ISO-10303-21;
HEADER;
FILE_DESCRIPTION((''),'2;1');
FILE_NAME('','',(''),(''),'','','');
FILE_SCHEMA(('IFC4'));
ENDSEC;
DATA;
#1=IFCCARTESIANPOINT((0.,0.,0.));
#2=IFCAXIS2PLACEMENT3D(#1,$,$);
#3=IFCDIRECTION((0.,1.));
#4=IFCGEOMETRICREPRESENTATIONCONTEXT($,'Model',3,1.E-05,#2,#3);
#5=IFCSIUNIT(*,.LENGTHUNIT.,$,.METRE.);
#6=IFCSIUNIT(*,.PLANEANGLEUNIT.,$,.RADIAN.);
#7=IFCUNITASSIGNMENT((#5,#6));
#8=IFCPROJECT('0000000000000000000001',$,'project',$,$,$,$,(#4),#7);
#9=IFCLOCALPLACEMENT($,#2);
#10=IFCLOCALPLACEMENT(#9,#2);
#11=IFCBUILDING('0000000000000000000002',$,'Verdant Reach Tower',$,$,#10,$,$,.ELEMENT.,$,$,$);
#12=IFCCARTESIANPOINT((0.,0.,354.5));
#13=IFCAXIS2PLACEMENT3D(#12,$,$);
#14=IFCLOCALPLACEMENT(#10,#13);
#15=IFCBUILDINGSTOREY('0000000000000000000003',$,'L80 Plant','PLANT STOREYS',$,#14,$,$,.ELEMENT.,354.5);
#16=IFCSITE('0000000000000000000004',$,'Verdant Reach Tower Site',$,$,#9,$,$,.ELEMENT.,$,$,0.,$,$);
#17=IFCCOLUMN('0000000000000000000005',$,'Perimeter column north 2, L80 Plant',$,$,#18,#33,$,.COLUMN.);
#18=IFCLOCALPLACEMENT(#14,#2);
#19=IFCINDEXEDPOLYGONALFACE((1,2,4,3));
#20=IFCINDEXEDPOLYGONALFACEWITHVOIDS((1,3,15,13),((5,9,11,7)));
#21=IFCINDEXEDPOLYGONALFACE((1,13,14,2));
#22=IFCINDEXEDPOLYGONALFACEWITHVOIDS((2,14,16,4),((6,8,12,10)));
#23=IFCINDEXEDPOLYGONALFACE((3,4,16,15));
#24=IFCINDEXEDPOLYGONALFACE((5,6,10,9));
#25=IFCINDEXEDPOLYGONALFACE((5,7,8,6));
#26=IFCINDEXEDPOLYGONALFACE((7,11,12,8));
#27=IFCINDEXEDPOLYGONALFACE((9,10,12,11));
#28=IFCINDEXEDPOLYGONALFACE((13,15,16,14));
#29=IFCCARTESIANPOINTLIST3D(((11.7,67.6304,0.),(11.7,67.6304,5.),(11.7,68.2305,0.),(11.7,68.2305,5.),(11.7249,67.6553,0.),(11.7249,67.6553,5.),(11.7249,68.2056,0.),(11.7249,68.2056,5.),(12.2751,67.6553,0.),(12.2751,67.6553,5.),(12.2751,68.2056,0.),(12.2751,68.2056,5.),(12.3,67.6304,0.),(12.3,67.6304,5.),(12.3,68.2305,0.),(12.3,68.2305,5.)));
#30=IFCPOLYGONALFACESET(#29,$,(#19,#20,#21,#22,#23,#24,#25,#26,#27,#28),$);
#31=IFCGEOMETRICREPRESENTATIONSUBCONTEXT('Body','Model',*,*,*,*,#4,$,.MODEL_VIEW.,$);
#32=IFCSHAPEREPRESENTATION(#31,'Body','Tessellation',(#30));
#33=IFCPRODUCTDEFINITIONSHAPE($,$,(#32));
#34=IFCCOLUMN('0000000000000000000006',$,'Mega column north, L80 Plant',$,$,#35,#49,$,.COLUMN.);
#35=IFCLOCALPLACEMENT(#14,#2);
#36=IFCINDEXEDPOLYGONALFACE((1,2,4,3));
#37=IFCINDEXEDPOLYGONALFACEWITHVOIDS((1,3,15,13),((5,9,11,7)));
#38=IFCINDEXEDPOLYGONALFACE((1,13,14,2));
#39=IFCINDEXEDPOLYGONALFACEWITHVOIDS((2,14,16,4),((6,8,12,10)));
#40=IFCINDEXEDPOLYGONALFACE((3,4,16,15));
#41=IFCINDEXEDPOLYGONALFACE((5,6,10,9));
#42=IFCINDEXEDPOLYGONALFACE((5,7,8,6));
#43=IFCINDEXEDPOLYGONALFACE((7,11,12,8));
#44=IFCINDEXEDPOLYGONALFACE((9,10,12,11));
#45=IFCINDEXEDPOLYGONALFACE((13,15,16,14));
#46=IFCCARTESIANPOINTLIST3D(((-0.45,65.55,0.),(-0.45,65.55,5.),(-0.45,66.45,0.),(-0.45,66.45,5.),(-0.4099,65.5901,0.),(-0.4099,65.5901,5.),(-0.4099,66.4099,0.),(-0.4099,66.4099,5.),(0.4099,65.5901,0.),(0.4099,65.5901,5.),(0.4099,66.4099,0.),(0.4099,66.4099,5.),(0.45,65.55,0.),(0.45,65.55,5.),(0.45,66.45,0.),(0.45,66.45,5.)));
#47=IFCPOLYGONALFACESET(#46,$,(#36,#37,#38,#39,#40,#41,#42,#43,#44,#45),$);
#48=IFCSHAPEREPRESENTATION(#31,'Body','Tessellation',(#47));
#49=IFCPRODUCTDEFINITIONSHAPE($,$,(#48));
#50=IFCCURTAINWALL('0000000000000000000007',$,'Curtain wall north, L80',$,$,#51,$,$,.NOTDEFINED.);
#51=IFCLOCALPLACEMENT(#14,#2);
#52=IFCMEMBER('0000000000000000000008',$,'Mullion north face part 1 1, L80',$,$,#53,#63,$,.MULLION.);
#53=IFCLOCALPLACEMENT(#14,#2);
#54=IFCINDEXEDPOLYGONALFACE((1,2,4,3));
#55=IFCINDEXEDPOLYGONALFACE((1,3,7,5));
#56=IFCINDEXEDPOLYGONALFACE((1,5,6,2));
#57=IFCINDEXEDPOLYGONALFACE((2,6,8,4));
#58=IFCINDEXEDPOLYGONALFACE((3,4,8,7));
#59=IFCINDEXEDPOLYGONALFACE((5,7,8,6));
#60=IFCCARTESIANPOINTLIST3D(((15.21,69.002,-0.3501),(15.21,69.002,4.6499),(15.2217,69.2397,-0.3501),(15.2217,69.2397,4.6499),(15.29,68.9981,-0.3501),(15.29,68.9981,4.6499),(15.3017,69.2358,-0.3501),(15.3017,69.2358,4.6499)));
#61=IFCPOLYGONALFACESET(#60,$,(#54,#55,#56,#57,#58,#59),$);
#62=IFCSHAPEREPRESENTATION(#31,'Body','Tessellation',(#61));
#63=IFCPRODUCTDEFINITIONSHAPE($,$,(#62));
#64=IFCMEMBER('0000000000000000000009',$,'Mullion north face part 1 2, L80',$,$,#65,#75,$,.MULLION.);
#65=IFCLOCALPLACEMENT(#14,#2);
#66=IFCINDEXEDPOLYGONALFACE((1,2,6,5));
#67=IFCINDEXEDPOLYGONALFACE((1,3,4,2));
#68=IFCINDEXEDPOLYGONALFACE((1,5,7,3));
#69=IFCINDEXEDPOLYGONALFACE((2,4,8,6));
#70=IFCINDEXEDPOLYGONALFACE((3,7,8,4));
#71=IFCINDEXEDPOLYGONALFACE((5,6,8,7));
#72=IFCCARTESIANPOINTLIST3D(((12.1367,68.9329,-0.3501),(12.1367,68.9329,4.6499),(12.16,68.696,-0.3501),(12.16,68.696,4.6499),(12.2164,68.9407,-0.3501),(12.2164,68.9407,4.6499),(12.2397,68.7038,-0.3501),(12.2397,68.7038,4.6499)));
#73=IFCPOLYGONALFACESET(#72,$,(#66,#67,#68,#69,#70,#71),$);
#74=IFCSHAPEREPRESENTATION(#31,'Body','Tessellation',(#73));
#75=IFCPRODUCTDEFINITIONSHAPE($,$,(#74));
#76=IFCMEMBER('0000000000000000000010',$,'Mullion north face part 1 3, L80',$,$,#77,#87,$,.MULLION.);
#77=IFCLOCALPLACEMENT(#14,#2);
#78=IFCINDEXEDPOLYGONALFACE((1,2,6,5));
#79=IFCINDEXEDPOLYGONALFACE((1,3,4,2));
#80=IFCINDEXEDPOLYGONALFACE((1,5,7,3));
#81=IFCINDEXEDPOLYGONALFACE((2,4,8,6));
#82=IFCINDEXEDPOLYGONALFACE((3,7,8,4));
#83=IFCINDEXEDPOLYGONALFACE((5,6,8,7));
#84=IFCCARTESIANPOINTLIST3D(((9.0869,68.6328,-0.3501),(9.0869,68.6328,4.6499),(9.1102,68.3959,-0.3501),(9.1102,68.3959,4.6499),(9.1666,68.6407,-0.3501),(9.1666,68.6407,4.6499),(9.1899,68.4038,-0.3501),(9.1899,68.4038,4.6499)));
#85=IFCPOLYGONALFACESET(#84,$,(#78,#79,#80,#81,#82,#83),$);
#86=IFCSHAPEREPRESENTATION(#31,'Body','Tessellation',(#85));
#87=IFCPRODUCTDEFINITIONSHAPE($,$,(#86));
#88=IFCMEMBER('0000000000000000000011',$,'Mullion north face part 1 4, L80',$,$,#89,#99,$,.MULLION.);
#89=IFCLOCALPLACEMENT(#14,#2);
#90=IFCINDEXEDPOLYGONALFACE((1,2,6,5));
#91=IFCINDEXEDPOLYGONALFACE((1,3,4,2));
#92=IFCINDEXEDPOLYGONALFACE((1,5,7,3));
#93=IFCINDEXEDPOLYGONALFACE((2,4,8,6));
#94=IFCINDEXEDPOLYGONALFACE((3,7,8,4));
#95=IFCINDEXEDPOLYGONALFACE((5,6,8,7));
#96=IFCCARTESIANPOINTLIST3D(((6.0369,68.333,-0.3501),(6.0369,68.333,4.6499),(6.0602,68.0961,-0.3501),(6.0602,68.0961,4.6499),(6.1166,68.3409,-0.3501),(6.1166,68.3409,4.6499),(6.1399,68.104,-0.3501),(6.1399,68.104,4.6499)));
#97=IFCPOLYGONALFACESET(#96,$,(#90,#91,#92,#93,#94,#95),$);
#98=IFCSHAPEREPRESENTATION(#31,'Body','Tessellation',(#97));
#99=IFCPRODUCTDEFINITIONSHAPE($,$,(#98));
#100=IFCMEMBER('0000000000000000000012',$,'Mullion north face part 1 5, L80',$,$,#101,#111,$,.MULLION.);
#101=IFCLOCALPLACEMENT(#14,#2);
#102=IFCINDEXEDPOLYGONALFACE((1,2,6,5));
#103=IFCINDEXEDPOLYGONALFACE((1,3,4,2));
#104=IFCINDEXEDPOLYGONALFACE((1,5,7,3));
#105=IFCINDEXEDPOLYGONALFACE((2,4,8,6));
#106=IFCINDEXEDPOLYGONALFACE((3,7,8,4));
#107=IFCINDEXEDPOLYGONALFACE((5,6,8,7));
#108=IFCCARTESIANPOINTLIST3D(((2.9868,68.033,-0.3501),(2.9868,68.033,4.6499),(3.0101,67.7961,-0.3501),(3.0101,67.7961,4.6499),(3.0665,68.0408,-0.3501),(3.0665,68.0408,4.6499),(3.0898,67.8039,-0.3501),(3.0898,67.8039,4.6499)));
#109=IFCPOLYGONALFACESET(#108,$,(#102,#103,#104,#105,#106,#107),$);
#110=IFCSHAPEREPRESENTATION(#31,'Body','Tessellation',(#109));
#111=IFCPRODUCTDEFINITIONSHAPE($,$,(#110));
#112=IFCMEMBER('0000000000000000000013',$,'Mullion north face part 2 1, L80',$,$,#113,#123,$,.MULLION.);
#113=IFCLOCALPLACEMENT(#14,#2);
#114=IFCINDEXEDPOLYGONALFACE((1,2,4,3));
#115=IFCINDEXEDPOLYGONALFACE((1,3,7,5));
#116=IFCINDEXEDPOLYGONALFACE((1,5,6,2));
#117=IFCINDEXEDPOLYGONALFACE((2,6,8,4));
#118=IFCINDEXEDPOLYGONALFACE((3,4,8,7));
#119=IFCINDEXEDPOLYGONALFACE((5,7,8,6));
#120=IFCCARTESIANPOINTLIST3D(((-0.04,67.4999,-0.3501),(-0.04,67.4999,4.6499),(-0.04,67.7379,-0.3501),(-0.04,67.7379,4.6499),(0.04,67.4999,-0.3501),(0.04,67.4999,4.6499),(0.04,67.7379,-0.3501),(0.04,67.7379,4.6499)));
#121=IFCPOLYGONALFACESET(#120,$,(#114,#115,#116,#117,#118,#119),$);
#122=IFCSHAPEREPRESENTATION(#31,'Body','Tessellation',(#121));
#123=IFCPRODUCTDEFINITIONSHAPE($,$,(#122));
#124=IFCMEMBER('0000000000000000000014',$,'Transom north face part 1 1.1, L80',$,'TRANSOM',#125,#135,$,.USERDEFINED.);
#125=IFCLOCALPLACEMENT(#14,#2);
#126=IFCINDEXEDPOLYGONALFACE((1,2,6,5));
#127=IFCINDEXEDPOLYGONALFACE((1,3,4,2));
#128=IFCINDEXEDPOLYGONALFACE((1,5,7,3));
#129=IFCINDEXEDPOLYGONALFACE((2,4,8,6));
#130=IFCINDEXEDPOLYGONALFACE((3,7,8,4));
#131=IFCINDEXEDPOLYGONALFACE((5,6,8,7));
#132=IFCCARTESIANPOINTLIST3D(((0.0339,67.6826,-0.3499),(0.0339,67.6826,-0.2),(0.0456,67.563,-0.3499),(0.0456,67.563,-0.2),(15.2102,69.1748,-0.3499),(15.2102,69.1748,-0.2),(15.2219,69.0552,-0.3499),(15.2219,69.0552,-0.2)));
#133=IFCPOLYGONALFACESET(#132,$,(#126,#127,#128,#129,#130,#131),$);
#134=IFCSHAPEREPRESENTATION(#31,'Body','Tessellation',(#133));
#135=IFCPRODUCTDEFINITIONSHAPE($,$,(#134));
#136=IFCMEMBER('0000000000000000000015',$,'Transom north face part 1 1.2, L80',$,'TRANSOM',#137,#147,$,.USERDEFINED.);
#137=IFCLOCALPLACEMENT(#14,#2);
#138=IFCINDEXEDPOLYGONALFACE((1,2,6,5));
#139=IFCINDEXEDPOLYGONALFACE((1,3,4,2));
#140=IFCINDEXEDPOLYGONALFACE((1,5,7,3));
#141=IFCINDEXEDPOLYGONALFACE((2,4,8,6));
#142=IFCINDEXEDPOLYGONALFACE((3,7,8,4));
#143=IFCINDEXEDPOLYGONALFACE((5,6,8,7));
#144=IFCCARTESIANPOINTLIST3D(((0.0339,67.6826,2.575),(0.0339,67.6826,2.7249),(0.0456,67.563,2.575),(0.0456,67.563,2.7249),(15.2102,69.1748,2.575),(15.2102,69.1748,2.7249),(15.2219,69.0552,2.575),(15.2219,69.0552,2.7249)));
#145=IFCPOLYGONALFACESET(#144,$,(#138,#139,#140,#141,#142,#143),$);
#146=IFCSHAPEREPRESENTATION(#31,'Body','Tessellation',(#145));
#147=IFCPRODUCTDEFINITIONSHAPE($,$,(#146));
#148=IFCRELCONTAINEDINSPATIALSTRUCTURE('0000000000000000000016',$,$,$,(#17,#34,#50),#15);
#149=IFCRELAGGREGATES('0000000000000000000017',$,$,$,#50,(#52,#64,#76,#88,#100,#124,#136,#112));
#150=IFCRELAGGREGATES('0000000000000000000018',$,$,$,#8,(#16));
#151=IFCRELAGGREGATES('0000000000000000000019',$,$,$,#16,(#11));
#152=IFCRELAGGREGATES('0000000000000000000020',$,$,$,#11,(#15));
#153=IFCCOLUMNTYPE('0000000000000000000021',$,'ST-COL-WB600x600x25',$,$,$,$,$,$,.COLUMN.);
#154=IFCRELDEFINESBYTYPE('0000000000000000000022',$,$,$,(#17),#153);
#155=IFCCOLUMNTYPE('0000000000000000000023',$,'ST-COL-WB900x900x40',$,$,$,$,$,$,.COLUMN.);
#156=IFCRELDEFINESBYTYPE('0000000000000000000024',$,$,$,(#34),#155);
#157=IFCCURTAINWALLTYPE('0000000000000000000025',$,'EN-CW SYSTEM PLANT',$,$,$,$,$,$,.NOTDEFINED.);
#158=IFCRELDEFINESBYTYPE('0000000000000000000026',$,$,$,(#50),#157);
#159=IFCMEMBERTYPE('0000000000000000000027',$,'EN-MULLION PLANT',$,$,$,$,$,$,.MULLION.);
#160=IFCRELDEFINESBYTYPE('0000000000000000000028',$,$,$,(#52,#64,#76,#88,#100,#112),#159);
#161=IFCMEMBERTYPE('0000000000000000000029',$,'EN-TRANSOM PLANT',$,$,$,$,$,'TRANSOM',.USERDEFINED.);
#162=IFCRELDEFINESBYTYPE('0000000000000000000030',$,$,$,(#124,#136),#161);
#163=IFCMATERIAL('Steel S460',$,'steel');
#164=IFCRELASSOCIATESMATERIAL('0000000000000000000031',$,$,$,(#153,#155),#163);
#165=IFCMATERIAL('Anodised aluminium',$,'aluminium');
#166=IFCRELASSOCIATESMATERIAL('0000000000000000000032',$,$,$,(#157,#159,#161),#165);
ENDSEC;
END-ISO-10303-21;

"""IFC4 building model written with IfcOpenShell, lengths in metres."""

from ifc_helpers import new_model, si_unit, direction, frame, origin, origin_2d, place, context, subcontext, project, spatial, rectangle, hollow_rectangle, extrude, material, material_profile, profile_set, type_object, element, aggregate, save


model = new_model("IFC4")

# Units and contexts
model_context = context("Model", 3, precision=1e-05, world=origin(), true_north=direction((0.0, 1.0)))
body_context = subcontext(model_context, "Body", "Model", "MODEL_VIEW")
ifc_project = project(units=[si_unit("LENGTHUNIT", "METRE"), si_unit("PLANEANGLEUNIT", "RADIAN")], contexts=[model_context])

# Site, building, storey
site_placement = place(None, origin())
site = spatial("IfcSite", under=ifc_project, at=site_placement, Name="Verdant Reach Tower Site", CompositionType="ELEMENT", RefElevation=0.0)
building_placement = place(site_placement, origin())
building = spatial("IfcBuilding", under=site, at=building_placement, Name="Verdant Reach Tower", CompositionType="ELEMENT")
storey_placement = place(building_placement, frame((0.0, 0.0, 354.5)))
storey = spatial("IfcBuildingStorey", under=building, at=storey_placement, Name="L80 Plant", Description="PLANT STOREYS", CompositionType="ELEMENT", Elevation=354.5)

# Columns
ifc_material_1 = material(Name="Steel S460", Category="steel")
ifc_material_profile_1 = material_profile(ifc_material_1, hollow_rectangle(XDim=0.6001, YDim=0.6001, WallThickness=0.0249, at=origin_2d()), Name="WB 600x600x25")
ifc_profile_set_1 = profile_set([ifc_material_profile_1], Name="Steel S460")
column_type_1 = type_object("IfcColumnType", Name="ST-COL-WB600x600x25", PredefinedType="COLUMN", material=ifc_profile_set_1)
column_1_placement = place(storey_placement, frame((12.0, 67.9304, 0.0), z_axis=(0.0, 0.0, 1.0), x_axis=(1.0, 0.0, 0.0)))
element("IfcColumn", 1, at=column_1_placement, inside=storey, type_object=column_type_1, Name="Perimeter column north 2, L80 Plant", PredefinedType="COLUMN", context=body_context, shape_type="SweptSolid", body=[
    extrude(hollow_rectangle(XDim=0.6001, YDim=0.6001, WallThickness=0.0249, at=origin_2d()), origin(), (0.0, 0.0, 1.0), 5.0),
])
ifc_material_profile_2 = material_profile(ifc_material_1, hollow_rectangle(XDim=0.8999, YDim=0.8999, WallThickness=0.04, at=origin_2d()), Name="WB 900x900x40")
ifc_profile_set_2 = profile_set([ifc_material_profile_2], Name="Steel S460")
column_type_2 = type_object("IfcColumnType", Name="ST-COL-WB900x900x40", PredefinedType="COLUMN", material=ifc_profile_set_2)
column_2_placement = place(storey_placement, frame((0.0, 66.0, 0.0), z_axis=(0.0, 0.0, 1.0), x_axis=(1.0, 0.0, 0.0)))
element("IfcColumn", 2, at=column_2_placement, inside=storey, type_object=column_type_2, Name="Mega column north, L80 Plant", PredefinedType="COLUMN", context=body_context, shape_type="SweptSolid", body=[
    extrude(hollow_rectangle(XDim=0.8999, YDim=0.8999, WallThickness=0.04, at=origin_2d()), origin(), (0.0, 0.0, 1.0), 5.0),
])

# Curtain wall, members
ifc_material_2 = material(Name="Anodised aluminium", Category="aluminium")
curtain_wall_type = type_object("IfcCurtainWallType", Name="EN-CW SYSTEM PLANT", PredefinedType="NOTDEFINED", material=ifc_material_2)
curtain_wall_1_placement = place(storey_placement, origin())
curtain_wall_1 = element("IfcCurtainWall", 3, at=curtain_wall_1_placement, inside=storey, type_object=curtain_wall_type, Name="Curtain wall north, L80", PredefinedType="NOTDEFINED")
ifc_material_profile_3 = material_profile(ifc_material_2, rectangle(XDim=0.238, YDim=0.0801, at=origin_2d()), Name="Mullion 80x240")
ifc_profile_set_3 = profile_set([ifc_material_profile_3], Name="Anodised aluminium")
member_type_1 = type_object("IfcMemberType", Name="EN-MULLION PLANT", PredefinedType="MULLION", material=ifc_profile_set_3)
member_1_placement = place(storey_placement, frame((15.2559, 69.1189, -0.3501), z_axis=(0.0, 0.0, 1.0), x_axis=(0.049128, 0.998793, 0.0)))
member_1 = element("IfcMember", 4, at=member_1_placement, type_object=member_type_1, Name="Mullion north face part 1 1, L80", PredefinedType="MULLION", context=body_context, shape_type="SweptSolid", body=[
    extrude(rectangle(XDim=0.238, YDim=0.0801, at=origin_2d()), origin(), (0.0, 0.0, 1.0), 5.0),
])
member_2_placement = place(storey_placement, frame((12.1882, 68.8184, -0.3501), z_axis=(0.0, 0.0, 1.0), x_axis=(-0.097888, 0.995197, 0.0)))
member_2 = element("IfcMember", 5, at=member_2_placement, type_object=member_type_1, Name="Mullion north face part 1 2, L80", PredefinedType="MULLION", context=body_context, shape_type="SweptSolid", body=[
    extrude(rectangle(XDim=0.238, YDim=0.0801, at=origin_2d()), origin(), (0.0, 0.0, 1.0), 5.0),
])
member_3_placement = place(storey_placement, frame((9.1384, 68.5183, -0.3501), z_axis=(0.0, 0.0, 1.0), x_axis=(-0.097888, 0.995197, 0.0)))
member_3 = element("IfcMember", 6, at=member_3_placement, type_object=member_type_1, Name="Mullion north face part 1 3, L80", PredefinedType="MULLION", context=body_context, shape_type="SweptSolid", body=[
    extrude(rectangle(XDim=0.238, YDim=0.0801, at=origin_2d()), origin(), (0.0, 0.0, 1.0), 5.0),
])
member_4_placement = place(storey_placement, frame((6.0884, 68.2185, -0.3501), z_axis=(0.0, 0.0, 1.0), x_axis=(-0.097888, 0.995197, 0.0)))
member_4 = element("IfcMember", 7, at=member_4_placement, type_object=member_type_1, Name="Mullion north face part 1 4, L80", PredefinedType="MULLION", context=body_context, shape_type="SweptSolid", body=[
    extrude(rectangle(XDim=0.238, YDim=0.0801, at=origin_2d()), origin(), (0.0, 0.0, 1.0), 5.0),
])
member_5_placement = place(storey_placement, frame((3.0383, 67.9185, -0.3501), z_axis=(0.0, 0.0, 1.0), x_axis=(-0.097888, 0.995197, 0.0)))
member_5 = element("IfcMember", 8, at=member_5_placement, type_object=member_type_1, Name="Mullion north face part 1 5, L80", PredefinedType="MULLION", context=body_context, shape_type="SweptSolid", body=[
    extrude(rectangle(XDim=0.238, YDim=0.0801, at=origin_2d()), origin(), (0.0, 0.0, 1.0), 5.0),
])
member_6_placement = place(storey_placement, frame((0.0, 67.6189, -0.3501), z_axis=(0.0, 0.0, 1.0), x_axis=(0.0, 1.0, 0.0)))
member_6 = element("IfcMember", 9, at=member_6_placement, type_object=member_type_1, Name="Mullion north face part 2 1, L80", PredefinedType="MULLION", context=body_context, shape_type="SweptSolid", body=[
    extrude(rectangle(XDim=0.238, YDim=0.0801, at=origin_2d()), origin(), (0.0, 0.0, 1.0), 5.0),
])
ifc_material_profile_4 = material_profile(ifc_material_2, rectangle(XDim=0.1201, YDim=0.1499, at=origin_2d()), Name="Transom 150x120")
ifc_profile_set_4 = profile_set([ifc_material_profile_4], Name="Anodised aluminium")
member_type_2 = type_object("IfcMemberType", Name="EN-TRANSOM PLANT", ElementType="TRANSOM", PredefinedType="USERDEFINED", material=ifc_profile_set_4)
member_7_placement = place(storey_placement, frame((15.2161, 69.115, -0.2749), z_axis=(-0.995201, -0.097852, 0.0), x_axis=(0.097852, -0.995201, 0.0)))
member_7 = element("IfcMember", 10, at=member_7_placement, type_object=member_type_2, Name="Transom north face part 1 1.1, L80", ObjectType="TRANSOM", PredefinedType="USERDEFINED", context=body_context, shape_type="SweptSolid", body=[
    extrude(rectangle(XDim=0.1201, YDim=0.1499, at=origin_2d()), origin(), (0.0, 0.0, 1.0), 15.2495),
])
member_8_placement = place(storey_placement, frame((15.2161, 69.115, 2.6499), z_axis=(-0.995201, -0.097852, 0.0), x_axis=(0.097852, -0.995201, 0.0)))
member_8 = element("IfcMember", 11, at=member_8_placement, type_object=member_type_2, Name="Transom north face part 1 1.2, L80", ObjectType="TRANSOM", PredefinedType="USERDEFINED", context=body_context, shape_type="SweptSolid", body=[
    extrude(rectangle(XDim=0.1201, YDim=0.1499, at=origin_2d()), origin(), (0.0, 0.0, 1.0), 15.2495),
])

aggregate(curtain_wall_1, [member_1, member_2, member_3, member_4, member_5, member_7, member_8, member_6])

save(model, "model.ifc")
